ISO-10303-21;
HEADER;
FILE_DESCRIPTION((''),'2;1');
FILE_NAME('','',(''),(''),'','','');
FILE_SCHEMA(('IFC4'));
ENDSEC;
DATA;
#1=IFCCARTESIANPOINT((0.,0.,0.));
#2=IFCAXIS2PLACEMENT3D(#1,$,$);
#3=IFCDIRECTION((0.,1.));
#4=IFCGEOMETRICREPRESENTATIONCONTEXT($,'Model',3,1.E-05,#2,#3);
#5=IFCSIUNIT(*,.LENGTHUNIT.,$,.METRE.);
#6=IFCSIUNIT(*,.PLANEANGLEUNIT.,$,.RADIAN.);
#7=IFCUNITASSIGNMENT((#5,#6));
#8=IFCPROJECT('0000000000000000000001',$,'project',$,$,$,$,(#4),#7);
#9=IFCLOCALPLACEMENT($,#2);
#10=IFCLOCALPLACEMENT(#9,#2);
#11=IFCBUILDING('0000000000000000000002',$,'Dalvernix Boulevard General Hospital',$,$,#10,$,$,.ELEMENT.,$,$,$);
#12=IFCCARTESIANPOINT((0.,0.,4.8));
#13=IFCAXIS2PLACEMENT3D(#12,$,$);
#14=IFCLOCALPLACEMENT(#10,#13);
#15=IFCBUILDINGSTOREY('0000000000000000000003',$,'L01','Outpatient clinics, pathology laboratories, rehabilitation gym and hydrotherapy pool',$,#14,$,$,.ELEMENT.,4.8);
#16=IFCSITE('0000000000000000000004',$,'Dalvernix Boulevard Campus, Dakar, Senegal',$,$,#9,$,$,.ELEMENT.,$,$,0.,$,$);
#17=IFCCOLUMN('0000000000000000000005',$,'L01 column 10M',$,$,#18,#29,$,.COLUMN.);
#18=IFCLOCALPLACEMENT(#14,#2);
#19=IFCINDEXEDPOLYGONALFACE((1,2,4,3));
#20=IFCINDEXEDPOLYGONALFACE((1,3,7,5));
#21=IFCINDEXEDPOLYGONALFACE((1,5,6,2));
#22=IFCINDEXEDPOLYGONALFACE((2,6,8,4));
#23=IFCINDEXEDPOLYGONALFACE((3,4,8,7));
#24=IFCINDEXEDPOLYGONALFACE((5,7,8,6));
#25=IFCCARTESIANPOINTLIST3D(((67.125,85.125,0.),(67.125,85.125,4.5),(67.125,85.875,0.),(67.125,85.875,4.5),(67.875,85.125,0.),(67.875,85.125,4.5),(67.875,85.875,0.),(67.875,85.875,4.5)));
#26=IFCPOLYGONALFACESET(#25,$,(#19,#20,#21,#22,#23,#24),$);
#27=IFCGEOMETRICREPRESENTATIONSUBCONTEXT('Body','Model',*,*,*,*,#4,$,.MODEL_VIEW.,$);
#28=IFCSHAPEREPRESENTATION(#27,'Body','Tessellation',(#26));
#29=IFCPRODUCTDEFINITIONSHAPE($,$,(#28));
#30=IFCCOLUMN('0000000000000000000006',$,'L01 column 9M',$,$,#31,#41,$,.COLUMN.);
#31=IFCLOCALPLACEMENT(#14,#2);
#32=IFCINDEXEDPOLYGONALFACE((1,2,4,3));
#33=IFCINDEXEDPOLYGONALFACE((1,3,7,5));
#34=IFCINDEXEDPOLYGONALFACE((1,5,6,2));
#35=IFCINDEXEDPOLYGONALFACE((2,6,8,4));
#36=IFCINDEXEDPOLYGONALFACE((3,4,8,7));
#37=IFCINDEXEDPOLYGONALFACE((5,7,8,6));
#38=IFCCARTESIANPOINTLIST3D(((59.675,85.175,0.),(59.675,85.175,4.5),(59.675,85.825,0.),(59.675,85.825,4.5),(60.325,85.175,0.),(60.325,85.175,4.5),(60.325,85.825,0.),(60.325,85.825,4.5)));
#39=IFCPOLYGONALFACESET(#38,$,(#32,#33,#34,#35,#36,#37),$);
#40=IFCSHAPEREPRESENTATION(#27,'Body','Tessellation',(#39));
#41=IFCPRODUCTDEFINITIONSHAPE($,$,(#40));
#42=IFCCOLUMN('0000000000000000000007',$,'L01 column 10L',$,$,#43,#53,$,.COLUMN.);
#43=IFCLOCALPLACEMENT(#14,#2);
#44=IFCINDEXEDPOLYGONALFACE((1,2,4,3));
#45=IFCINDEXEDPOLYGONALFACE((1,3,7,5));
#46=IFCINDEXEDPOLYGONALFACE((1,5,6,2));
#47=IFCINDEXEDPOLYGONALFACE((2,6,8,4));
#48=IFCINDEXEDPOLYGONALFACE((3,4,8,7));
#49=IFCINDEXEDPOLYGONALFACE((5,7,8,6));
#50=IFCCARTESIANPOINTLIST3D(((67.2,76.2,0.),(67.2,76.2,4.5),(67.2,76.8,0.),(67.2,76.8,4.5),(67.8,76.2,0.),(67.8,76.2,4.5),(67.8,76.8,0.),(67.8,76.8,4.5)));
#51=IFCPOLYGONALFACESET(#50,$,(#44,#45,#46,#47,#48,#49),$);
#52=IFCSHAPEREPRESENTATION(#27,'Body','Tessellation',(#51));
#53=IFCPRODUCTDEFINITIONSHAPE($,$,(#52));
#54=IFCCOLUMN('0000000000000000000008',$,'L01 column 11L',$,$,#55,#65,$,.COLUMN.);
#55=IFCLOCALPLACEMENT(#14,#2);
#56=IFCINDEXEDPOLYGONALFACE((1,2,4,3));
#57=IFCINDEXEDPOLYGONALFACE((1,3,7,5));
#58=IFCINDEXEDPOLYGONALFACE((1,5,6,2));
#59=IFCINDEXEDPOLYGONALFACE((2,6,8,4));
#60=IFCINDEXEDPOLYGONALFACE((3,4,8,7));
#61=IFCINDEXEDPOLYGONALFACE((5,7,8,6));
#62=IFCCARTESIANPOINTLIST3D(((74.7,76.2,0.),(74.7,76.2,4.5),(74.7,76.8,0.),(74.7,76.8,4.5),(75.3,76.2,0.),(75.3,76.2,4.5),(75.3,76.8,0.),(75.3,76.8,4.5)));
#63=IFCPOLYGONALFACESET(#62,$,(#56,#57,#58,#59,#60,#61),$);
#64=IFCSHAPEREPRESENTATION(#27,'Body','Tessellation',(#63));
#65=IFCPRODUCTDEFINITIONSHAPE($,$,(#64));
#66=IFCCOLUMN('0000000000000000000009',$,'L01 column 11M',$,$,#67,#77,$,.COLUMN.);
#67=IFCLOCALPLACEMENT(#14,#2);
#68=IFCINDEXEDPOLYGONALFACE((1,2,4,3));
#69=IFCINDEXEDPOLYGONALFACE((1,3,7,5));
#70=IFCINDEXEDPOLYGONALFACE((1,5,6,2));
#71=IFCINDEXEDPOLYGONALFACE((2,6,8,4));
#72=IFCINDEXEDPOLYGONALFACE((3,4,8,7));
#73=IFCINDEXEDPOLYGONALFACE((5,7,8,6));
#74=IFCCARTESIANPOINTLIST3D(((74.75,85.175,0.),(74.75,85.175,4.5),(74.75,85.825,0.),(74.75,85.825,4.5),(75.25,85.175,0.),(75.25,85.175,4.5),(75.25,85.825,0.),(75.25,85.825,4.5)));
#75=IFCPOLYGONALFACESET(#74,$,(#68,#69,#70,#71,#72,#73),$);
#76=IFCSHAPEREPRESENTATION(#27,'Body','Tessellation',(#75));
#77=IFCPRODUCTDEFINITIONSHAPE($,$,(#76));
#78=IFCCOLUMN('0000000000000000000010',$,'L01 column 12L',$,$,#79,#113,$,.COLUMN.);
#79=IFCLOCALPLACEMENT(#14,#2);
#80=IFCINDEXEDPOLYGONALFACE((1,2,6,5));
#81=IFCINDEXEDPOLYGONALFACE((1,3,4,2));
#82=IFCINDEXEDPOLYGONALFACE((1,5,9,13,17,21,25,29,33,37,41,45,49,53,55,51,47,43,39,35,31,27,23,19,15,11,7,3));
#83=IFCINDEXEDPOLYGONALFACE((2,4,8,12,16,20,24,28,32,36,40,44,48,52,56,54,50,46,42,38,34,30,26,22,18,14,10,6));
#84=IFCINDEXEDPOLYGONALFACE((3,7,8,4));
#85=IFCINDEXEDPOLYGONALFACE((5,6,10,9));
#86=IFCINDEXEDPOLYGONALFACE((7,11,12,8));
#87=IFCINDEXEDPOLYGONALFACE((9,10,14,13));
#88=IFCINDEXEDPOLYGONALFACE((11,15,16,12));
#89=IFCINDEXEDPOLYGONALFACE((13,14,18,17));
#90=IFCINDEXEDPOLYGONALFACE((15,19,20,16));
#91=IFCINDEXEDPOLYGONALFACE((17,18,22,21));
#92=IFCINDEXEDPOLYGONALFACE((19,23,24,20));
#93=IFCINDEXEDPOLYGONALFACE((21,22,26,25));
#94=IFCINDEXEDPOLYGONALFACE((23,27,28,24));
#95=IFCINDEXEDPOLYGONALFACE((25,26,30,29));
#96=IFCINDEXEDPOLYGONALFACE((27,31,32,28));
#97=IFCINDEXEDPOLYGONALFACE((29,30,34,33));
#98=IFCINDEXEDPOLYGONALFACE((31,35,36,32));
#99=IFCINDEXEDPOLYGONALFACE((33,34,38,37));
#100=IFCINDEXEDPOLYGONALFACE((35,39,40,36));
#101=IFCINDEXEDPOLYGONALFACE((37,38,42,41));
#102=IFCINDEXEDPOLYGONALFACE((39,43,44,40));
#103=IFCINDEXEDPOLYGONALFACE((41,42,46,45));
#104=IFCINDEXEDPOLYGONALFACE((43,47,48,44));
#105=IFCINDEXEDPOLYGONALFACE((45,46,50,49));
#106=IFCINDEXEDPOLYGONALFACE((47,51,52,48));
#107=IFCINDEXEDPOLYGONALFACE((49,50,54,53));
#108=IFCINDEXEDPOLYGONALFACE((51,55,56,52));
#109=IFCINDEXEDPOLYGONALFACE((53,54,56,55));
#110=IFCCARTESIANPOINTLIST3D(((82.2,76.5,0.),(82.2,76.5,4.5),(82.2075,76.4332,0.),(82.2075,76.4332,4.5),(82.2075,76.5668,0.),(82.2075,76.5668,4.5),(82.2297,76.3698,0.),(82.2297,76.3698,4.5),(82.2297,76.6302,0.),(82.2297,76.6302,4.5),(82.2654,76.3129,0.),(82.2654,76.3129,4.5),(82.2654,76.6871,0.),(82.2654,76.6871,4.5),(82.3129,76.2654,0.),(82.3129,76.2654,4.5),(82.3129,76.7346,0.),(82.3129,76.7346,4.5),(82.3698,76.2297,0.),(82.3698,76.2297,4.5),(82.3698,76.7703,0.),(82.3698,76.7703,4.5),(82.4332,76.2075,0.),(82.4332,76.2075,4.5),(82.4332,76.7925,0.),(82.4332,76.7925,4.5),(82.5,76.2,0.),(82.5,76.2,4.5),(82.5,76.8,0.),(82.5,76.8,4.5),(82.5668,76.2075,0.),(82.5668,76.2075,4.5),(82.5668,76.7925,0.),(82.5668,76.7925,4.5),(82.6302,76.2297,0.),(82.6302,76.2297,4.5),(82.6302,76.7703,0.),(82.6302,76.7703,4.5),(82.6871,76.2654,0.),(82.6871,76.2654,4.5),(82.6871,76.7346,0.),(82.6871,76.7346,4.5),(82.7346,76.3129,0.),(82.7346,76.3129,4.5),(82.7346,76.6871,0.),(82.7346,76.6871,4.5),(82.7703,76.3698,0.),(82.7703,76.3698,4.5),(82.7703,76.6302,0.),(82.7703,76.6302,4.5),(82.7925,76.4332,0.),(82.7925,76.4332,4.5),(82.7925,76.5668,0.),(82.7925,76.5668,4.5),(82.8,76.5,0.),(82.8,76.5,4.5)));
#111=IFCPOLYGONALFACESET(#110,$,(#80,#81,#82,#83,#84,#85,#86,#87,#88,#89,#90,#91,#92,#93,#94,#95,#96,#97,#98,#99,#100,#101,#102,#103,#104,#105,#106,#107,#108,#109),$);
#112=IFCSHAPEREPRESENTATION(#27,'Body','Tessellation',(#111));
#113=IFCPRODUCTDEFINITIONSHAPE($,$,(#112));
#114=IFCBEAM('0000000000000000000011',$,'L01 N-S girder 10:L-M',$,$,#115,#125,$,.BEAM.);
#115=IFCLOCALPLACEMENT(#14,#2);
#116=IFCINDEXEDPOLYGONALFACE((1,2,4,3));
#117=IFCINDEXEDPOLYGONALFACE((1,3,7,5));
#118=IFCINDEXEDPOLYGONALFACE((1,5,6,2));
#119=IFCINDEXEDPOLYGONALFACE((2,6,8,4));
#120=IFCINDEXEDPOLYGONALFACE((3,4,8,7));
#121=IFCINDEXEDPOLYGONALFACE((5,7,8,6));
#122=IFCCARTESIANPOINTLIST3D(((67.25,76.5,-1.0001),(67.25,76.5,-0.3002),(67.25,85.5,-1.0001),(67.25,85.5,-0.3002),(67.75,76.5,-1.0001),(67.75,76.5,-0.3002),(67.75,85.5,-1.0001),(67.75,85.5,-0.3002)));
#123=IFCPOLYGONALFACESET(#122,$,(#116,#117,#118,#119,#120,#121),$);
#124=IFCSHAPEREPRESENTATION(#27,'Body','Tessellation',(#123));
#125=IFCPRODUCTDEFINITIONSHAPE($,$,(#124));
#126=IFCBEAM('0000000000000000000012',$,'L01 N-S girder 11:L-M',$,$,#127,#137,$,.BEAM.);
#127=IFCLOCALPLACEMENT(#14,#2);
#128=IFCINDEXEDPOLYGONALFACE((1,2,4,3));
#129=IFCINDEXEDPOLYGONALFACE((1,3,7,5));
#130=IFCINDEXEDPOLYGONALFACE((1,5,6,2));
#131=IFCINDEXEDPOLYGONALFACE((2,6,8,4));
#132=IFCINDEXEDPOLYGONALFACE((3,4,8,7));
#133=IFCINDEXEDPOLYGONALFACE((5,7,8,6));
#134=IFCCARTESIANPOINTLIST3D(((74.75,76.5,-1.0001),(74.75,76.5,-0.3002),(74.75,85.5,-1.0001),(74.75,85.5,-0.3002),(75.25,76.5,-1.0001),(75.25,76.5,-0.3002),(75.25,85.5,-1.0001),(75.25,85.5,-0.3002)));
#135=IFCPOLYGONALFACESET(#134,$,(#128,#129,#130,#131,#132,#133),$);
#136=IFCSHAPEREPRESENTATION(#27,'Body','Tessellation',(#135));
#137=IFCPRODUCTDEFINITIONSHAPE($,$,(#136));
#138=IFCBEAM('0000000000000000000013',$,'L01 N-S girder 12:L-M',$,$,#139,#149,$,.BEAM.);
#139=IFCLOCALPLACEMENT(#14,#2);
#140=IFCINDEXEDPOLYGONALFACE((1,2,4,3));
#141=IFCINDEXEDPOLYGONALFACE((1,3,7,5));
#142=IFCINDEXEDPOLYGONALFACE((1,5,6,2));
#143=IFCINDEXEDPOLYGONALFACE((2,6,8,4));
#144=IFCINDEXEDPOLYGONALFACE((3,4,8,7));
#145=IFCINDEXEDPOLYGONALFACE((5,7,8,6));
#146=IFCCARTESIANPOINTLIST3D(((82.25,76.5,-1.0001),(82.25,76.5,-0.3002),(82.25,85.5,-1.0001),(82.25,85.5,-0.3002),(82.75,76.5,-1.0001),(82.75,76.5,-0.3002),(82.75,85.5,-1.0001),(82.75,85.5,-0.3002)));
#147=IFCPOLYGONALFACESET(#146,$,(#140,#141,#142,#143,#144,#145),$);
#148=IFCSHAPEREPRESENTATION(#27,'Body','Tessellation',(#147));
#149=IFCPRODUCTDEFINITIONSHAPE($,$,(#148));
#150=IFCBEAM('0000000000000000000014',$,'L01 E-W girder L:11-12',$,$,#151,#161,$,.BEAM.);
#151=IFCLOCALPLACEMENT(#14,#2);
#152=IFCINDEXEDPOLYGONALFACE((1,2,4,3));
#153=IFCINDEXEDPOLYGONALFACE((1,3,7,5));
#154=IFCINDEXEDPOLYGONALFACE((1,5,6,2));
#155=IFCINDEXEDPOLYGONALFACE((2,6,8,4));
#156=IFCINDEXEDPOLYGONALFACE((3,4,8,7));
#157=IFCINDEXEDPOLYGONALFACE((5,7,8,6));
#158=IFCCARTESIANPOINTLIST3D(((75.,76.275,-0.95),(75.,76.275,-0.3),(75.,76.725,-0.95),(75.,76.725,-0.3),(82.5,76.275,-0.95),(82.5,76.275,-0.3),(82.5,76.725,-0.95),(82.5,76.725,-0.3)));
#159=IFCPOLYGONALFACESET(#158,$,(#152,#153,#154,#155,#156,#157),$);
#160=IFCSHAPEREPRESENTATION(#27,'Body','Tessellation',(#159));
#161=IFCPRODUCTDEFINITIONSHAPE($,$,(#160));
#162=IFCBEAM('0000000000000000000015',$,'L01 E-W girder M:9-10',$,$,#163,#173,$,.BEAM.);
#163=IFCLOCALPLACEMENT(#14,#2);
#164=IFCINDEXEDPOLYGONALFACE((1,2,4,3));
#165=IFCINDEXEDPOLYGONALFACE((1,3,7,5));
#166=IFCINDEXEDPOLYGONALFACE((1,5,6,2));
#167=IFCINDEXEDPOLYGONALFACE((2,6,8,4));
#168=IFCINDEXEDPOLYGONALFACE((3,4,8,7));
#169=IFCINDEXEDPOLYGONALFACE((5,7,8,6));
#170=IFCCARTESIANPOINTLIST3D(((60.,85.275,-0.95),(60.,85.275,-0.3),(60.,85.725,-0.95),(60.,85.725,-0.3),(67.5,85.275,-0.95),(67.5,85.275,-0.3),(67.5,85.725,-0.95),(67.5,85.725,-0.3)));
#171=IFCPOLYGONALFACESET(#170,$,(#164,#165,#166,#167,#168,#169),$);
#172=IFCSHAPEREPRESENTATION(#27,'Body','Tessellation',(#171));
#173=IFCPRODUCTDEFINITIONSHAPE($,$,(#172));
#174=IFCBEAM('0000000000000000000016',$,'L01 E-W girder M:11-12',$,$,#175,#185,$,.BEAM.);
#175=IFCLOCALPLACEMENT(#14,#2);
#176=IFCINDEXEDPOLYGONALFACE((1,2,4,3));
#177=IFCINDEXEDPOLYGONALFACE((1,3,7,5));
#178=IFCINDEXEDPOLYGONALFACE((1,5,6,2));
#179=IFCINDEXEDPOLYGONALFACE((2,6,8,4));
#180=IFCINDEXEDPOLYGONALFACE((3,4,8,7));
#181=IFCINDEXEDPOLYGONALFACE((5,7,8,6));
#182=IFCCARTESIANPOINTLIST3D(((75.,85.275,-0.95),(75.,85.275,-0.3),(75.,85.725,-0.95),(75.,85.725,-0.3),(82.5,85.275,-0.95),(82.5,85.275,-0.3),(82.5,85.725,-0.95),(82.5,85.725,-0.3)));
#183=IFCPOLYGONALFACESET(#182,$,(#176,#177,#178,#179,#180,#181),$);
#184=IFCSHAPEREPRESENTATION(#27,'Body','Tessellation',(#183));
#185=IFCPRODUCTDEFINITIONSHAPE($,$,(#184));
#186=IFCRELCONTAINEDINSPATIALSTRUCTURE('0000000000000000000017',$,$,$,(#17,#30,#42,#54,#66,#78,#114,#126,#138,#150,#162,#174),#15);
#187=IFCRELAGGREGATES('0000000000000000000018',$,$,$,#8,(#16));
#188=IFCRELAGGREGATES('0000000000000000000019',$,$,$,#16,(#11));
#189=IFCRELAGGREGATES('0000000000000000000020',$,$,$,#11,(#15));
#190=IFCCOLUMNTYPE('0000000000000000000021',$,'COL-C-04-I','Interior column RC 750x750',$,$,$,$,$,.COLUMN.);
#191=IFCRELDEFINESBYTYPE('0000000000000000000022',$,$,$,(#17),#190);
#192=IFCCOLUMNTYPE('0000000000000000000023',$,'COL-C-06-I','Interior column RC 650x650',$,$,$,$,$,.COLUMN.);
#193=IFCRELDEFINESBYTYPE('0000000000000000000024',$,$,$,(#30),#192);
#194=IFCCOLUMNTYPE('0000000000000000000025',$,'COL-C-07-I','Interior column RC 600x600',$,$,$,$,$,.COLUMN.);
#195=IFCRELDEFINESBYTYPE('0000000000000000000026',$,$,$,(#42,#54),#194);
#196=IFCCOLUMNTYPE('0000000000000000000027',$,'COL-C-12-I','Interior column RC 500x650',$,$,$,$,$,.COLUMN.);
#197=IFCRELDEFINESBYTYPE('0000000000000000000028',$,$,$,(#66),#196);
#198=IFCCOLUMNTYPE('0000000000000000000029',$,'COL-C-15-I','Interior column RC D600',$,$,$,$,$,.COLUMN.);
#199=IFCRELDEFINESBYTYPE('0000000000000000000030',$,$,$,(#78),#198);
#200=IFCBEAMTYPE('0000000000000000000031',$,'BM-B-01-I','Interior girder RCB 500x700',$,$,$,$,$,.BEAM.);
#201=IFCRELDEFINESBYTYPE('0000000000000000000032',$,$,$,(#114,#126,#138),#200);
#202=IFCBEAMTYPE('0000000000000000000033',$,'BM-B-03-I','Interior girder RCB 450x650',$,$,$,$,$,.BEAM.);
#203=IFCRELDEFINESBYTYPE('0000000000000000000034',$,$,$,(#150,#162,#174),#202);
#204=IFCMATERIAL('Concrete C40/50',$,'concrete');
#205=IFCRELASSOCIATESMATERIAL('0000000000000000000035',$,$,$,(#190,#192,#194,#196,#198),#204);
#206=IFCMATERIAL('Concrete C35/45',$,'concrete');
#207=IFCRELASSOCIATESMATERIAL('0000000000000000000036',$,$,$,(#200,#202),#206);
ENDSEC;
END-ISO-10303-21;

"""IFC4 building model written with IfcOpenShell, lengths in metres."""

from ifc_helpers import new_model, si_unit, direction, frame, origin, origin_2d, place, context, subcontext, project, spatial, rectangle, circle, extrude, material, material_profile, profile_set, type_object, element, save


model = new_model("IFC4")

# Units and contexts
model_context = context("Model", 3, precision=1e-05, world=origin(), true_north=direction((0.0, 1.0)))
body_context = subcontext(model_context, "Body", "Model", "MODEL_VIEW")
ifc_project = project(units=[si_unit("LENGTHUNIT", "METRE"), si_unit("PLANEANGLEUNIT", "RADIAN")], contexts=[model_context])

# Site, building, storey
site_placement = place(None, origin())
site = spatial("IfcSite", under=ifc_project, at=site_placement, Name="Dalvernix Boulevard Campus, Dakar, Senegal", CompositionType="ELEMENT", RefElevation=0.0)
building_placement = place(site_placement, origin())
building = spatial("IfcBuilding", under=site, at=building_placement, Name="Dalvernix Boulevard General Hospital", CompositionType="ELEMENT")
storey_placement = place(building_placement, frame((0.0, 0.0, 4.8)))
storey = spatial("IfcBuildingStorey", under=building, at=storey_placement, Name="L01", Description="Outpatient clinics, pathology laboratories, rehabilitation gym and hydrotherapy pool", CompositionType="ELEMENT", Elevation=4.8)

# Columns
ifc_material_1 = material(Name="Concrete C40/50", Category="concrete")
ifc_material_profile_1 = material_profile(ifc_material_1, rectangle(XDim=0.75, YDim=0.75, at=origin_2d()), Name="RC 750x750")
ifc_profile_set_1 = profile_set([ifc_material_profile_1], Name="Concrete C40/50")
column_type_1 = type_object("IfcColumnType", Name="COL-C-04-I", Description="Interior column RC 750x750", PredefinedType="COLUMN", material=ifc_profile_set_1)
column_1_placement = place(storey_placement, frame((67.5, 85.5, 0.0), z_axis=(0.0, 0.0, 1.0), x_axis=(1.0, 0.0, 0.0)))
element("IfcColumn", 1, at=column_1_placement, inside=storey, type_object=column_type_1, Name="L01 column 10M", PredefinedType="COLUMN", context=body_context, shape_type="SweptSolid", body=[
    extrude(rectangle(XDim=0.75, YDim=0.75, at=origin_2d()), origin(), (0.0, 0.0, 1.0), 4.5),
])
ifc_material_profile_2 = material_profile(ifc_material_1, rectangle(XDim=0.6499, YDim=0.6499, at=origin_2d()), Name="RC 650x650")
ifc_profile_set_2 = profile_set([ifc_material_profile_2], Name="Concrete C40/50")
column_type_2 = type_object("IfcColumnType", Name="COL-C-06-I", Description="Interior column RC 650x650", PredefinedType="COLUMN", material=ifc_profile_set_2)
column_2_placement = place(storey_placement, frame((60.0, 85.5, 0.0), z_axis=(0.0, 0.0, 1.0), x_axis=(1.0, 0.0, 0.0)))
element("IfcColumn", 2, at=column_2_placement, inside=storey, type_object=column_type_2, Name="L01 column 9M", PredefinedType="COLUMN", context=body_context, shape_type="SweptSolid", body=[
    extrude(rectangle(XDim=0.6499, YDim=0.6499, at=origin_2d()), origin(), (0.0, 0.0, 1.0), 4.5),
])
ifc_material_profile_3 = material_profile(ifc_material_1, rectangle(XDim=0.6001, YDim=0.6001, at=origin_2d()), Name="RC 600x600")
ifc_profile_set_3 = profile_set([ifc_material_profile_3], Name="Concrete C40/50")
column_type_3 = type_object("IfcColumnType", Name="COL-C-07-I", Description="Interior column RC 600x600", PredefinedType="COLUMN", material=ifc_profile_set_3)
for number, where, z_axis, x_axis, name in (
    (3, (67.5, 76.5, 0.0), (0.0, 0.0, 1.0), (1.0, 0.0, 0.0), "L01 column 10L"),
    (4, (75.0, 76.5, 0.0), (0.0, 0.0, 1.0), (1.0, 0.0, 0.0), "L01 column 11L"),
):
    element("IfcColumn", number, at=place(storey_placement, frame(where, z_axis=z_axis, x_axis=x_axis)), inside=storey, type_object=column_type_3, Name=name, PredefinedType="COLUMN", context=body_context, shape_type="SweptSolid", body=[
        extrude(rectangle(XDim=0.6001, YDim=0.6001, at=origin_2d()), origin(), (0.0, 0.0, 1.0), 4.5),
    ])
ifc_material_profile_4 = material_profile(ifc_material_1, rectangle(XDim=0.5, YDim=0.6499, at=origin_2d()), Name="RC 500x650")
ifc_profile_set_4 = profile_set([ifc_material_profile_4], Name="Concrete C40/50")
column_type_4 = type_object("IfcColumnType", Name="COL-C-12-I", Description="Interior column RC 500x650", PredefinedType="COLUMN", material=ifc_profile_set_4)
column_3_placement = place(storey_placement, frame((75.0, 85.5, 0.0), z_axis=(0.0, 0.0, 1.0), x_axis=(1.0, 0.0, 0.0)))
element("IfcColumn", 5, at=column_3_placement, inside=storey, type_object=column_type_4, Name="L01 column 11M", PredefinedType="COLUMN", context=body_context, shape_type="SweptSolid", body=[
    extrude(rectangle(XDim=0.5, YDim=0.6499, at=origin_2d()), origin(), (0.0, 0.0, 1.0), 4.5),
])
ifc_material_profile_5 = material_profile(ifc_material_1, circle(Radius=0.3, at=origin_2d()), Name="RC D600")
ifc_profile_set_5 = profile_set([ifc_material_profile_5], Name="Concrete C40/50")
column_type_5 = type_object("IfcColumnType", Name="COL-C-15-I", Description="Interior column RC D600", PredefinedType="COLUMN", material=ifc_profile_set_5)
column_4_placement = place(storey_placement, frame((82.5, 76.5, 0.0), z_axis=(0.0, 0.0, 1.0), x_axis=(1.0, 0.0, 0.0)))
element("IfcColumn", 6, at=column_4_placement, inside=storey, type_object=column_type_5, Name="L01 column 12L", PredefinedType="COLUMN", context=body_context, shape_type="SweptSolid", body=[
    extrude(circle(Radius=0.3, at=origin_2d()), origin(), (0.0, 0.0, 1.0), 4.5),
])

# Beams
ifc_material_2 = material(Name="Concrete C35/45", Category="concrete")
ifc_material_profile_6 = material_profile(ifc_material_2, rectangle(XDim=0.5, YDim=0.7, at=origin_2d()), Name="RCB 500x700")
ifc_profile_set_6 = profile_set([ifc_material_profile_6], Name="Concrete C35/45")
beam_type_1 = type_object("IfcBeamType", Name="BM-B-01-I", Description="Interior girder RCB 500x700", PredefinedType="BEAM", material=ifc_profile_set_6)
for number, where, z_axis, x_axis, name in (
    (7, (67.5, 76.5, -0.6501), (0.0, 1.0, 0.0), (-1.0, 0.0, 0.0), "L01 N-S girder 10:L-M"),
    (8, (75.0, 76.5, -0.6501), (0.0, 1.0, 0.0), (-1.0, 0.0, 0.0), "L01 N-S girder 11:L-M"),
    (9, (82.5, 76.5, -0.6501), (0.0, 1.0, 0.0), (-1.0, 0.0, 0.0), "L01 N-S girder 12:L-M"),
):
    element("IfcBeam", number, at=place(storey_placement, frame(where, z_axis=z_axis, x_axis=x_axis)), inside=storey, type_object=beam_type_1, Name=name, PredefinedType="BEAM", context=body_context, shape_type="SweptSolid", body=[
        extrude(rectangle(XDim=0.5, YDim=0.7, at=origin_2d()), origin(), (0.0, 0.0, 1.0), 9.0),
    ])
ifc_material_profile_7 = material_profile(ifc_material_2, rectangle(XDim=0.45, YDim=0.6499, at=origin_2d()), Name="RCB 450x650")
ifc_profile_set_7 = profile_set([ifc_material_profile_7], Name="Concrete C35/45")
beam_type_2 = type_object("IfcBeamType", Name="BM-B-03-I", Description="Interior girder RCB 450x650", PredefinedType="BEAM", material=ifc_profile_set_7)
for number, where, z_axis, x_axis, name in (
    (10, (75.0, 76.5, -0.625), (1.0, 0.0, 0.0), (0.0, 1.0, 0.0), "L01 E-W girder L:11-12"),
    (11, (60.0, 85.5, -0.625), (1.0, 0.0, 0.0), (0.0, 1.0, 0.0), "L01 E-W girder M:9-10"),
    (12, (75.0, 85.5, -0.625), (1.0, 0.0, 0.0), (0.0, 1.0, 0.0), "L01 E-W girder M:11-12"),
):
    element("IfcBeam", number, at=place(storey_placement, frame(where, z_axis=z_axis, x_axis=x_axis)), inside=storey, type_object=beam_type_2, Name=name, PredefinedType="BEAM", context=body_context, shape_type="SweptSolid", body=[
        extrude(rectangle(XDim=0.45, YDim=0.6499, at=origin_2d()), origin(), (0.0, 0.0, 1.0), 7.5),
    ])

save(model, "model.ifc")
